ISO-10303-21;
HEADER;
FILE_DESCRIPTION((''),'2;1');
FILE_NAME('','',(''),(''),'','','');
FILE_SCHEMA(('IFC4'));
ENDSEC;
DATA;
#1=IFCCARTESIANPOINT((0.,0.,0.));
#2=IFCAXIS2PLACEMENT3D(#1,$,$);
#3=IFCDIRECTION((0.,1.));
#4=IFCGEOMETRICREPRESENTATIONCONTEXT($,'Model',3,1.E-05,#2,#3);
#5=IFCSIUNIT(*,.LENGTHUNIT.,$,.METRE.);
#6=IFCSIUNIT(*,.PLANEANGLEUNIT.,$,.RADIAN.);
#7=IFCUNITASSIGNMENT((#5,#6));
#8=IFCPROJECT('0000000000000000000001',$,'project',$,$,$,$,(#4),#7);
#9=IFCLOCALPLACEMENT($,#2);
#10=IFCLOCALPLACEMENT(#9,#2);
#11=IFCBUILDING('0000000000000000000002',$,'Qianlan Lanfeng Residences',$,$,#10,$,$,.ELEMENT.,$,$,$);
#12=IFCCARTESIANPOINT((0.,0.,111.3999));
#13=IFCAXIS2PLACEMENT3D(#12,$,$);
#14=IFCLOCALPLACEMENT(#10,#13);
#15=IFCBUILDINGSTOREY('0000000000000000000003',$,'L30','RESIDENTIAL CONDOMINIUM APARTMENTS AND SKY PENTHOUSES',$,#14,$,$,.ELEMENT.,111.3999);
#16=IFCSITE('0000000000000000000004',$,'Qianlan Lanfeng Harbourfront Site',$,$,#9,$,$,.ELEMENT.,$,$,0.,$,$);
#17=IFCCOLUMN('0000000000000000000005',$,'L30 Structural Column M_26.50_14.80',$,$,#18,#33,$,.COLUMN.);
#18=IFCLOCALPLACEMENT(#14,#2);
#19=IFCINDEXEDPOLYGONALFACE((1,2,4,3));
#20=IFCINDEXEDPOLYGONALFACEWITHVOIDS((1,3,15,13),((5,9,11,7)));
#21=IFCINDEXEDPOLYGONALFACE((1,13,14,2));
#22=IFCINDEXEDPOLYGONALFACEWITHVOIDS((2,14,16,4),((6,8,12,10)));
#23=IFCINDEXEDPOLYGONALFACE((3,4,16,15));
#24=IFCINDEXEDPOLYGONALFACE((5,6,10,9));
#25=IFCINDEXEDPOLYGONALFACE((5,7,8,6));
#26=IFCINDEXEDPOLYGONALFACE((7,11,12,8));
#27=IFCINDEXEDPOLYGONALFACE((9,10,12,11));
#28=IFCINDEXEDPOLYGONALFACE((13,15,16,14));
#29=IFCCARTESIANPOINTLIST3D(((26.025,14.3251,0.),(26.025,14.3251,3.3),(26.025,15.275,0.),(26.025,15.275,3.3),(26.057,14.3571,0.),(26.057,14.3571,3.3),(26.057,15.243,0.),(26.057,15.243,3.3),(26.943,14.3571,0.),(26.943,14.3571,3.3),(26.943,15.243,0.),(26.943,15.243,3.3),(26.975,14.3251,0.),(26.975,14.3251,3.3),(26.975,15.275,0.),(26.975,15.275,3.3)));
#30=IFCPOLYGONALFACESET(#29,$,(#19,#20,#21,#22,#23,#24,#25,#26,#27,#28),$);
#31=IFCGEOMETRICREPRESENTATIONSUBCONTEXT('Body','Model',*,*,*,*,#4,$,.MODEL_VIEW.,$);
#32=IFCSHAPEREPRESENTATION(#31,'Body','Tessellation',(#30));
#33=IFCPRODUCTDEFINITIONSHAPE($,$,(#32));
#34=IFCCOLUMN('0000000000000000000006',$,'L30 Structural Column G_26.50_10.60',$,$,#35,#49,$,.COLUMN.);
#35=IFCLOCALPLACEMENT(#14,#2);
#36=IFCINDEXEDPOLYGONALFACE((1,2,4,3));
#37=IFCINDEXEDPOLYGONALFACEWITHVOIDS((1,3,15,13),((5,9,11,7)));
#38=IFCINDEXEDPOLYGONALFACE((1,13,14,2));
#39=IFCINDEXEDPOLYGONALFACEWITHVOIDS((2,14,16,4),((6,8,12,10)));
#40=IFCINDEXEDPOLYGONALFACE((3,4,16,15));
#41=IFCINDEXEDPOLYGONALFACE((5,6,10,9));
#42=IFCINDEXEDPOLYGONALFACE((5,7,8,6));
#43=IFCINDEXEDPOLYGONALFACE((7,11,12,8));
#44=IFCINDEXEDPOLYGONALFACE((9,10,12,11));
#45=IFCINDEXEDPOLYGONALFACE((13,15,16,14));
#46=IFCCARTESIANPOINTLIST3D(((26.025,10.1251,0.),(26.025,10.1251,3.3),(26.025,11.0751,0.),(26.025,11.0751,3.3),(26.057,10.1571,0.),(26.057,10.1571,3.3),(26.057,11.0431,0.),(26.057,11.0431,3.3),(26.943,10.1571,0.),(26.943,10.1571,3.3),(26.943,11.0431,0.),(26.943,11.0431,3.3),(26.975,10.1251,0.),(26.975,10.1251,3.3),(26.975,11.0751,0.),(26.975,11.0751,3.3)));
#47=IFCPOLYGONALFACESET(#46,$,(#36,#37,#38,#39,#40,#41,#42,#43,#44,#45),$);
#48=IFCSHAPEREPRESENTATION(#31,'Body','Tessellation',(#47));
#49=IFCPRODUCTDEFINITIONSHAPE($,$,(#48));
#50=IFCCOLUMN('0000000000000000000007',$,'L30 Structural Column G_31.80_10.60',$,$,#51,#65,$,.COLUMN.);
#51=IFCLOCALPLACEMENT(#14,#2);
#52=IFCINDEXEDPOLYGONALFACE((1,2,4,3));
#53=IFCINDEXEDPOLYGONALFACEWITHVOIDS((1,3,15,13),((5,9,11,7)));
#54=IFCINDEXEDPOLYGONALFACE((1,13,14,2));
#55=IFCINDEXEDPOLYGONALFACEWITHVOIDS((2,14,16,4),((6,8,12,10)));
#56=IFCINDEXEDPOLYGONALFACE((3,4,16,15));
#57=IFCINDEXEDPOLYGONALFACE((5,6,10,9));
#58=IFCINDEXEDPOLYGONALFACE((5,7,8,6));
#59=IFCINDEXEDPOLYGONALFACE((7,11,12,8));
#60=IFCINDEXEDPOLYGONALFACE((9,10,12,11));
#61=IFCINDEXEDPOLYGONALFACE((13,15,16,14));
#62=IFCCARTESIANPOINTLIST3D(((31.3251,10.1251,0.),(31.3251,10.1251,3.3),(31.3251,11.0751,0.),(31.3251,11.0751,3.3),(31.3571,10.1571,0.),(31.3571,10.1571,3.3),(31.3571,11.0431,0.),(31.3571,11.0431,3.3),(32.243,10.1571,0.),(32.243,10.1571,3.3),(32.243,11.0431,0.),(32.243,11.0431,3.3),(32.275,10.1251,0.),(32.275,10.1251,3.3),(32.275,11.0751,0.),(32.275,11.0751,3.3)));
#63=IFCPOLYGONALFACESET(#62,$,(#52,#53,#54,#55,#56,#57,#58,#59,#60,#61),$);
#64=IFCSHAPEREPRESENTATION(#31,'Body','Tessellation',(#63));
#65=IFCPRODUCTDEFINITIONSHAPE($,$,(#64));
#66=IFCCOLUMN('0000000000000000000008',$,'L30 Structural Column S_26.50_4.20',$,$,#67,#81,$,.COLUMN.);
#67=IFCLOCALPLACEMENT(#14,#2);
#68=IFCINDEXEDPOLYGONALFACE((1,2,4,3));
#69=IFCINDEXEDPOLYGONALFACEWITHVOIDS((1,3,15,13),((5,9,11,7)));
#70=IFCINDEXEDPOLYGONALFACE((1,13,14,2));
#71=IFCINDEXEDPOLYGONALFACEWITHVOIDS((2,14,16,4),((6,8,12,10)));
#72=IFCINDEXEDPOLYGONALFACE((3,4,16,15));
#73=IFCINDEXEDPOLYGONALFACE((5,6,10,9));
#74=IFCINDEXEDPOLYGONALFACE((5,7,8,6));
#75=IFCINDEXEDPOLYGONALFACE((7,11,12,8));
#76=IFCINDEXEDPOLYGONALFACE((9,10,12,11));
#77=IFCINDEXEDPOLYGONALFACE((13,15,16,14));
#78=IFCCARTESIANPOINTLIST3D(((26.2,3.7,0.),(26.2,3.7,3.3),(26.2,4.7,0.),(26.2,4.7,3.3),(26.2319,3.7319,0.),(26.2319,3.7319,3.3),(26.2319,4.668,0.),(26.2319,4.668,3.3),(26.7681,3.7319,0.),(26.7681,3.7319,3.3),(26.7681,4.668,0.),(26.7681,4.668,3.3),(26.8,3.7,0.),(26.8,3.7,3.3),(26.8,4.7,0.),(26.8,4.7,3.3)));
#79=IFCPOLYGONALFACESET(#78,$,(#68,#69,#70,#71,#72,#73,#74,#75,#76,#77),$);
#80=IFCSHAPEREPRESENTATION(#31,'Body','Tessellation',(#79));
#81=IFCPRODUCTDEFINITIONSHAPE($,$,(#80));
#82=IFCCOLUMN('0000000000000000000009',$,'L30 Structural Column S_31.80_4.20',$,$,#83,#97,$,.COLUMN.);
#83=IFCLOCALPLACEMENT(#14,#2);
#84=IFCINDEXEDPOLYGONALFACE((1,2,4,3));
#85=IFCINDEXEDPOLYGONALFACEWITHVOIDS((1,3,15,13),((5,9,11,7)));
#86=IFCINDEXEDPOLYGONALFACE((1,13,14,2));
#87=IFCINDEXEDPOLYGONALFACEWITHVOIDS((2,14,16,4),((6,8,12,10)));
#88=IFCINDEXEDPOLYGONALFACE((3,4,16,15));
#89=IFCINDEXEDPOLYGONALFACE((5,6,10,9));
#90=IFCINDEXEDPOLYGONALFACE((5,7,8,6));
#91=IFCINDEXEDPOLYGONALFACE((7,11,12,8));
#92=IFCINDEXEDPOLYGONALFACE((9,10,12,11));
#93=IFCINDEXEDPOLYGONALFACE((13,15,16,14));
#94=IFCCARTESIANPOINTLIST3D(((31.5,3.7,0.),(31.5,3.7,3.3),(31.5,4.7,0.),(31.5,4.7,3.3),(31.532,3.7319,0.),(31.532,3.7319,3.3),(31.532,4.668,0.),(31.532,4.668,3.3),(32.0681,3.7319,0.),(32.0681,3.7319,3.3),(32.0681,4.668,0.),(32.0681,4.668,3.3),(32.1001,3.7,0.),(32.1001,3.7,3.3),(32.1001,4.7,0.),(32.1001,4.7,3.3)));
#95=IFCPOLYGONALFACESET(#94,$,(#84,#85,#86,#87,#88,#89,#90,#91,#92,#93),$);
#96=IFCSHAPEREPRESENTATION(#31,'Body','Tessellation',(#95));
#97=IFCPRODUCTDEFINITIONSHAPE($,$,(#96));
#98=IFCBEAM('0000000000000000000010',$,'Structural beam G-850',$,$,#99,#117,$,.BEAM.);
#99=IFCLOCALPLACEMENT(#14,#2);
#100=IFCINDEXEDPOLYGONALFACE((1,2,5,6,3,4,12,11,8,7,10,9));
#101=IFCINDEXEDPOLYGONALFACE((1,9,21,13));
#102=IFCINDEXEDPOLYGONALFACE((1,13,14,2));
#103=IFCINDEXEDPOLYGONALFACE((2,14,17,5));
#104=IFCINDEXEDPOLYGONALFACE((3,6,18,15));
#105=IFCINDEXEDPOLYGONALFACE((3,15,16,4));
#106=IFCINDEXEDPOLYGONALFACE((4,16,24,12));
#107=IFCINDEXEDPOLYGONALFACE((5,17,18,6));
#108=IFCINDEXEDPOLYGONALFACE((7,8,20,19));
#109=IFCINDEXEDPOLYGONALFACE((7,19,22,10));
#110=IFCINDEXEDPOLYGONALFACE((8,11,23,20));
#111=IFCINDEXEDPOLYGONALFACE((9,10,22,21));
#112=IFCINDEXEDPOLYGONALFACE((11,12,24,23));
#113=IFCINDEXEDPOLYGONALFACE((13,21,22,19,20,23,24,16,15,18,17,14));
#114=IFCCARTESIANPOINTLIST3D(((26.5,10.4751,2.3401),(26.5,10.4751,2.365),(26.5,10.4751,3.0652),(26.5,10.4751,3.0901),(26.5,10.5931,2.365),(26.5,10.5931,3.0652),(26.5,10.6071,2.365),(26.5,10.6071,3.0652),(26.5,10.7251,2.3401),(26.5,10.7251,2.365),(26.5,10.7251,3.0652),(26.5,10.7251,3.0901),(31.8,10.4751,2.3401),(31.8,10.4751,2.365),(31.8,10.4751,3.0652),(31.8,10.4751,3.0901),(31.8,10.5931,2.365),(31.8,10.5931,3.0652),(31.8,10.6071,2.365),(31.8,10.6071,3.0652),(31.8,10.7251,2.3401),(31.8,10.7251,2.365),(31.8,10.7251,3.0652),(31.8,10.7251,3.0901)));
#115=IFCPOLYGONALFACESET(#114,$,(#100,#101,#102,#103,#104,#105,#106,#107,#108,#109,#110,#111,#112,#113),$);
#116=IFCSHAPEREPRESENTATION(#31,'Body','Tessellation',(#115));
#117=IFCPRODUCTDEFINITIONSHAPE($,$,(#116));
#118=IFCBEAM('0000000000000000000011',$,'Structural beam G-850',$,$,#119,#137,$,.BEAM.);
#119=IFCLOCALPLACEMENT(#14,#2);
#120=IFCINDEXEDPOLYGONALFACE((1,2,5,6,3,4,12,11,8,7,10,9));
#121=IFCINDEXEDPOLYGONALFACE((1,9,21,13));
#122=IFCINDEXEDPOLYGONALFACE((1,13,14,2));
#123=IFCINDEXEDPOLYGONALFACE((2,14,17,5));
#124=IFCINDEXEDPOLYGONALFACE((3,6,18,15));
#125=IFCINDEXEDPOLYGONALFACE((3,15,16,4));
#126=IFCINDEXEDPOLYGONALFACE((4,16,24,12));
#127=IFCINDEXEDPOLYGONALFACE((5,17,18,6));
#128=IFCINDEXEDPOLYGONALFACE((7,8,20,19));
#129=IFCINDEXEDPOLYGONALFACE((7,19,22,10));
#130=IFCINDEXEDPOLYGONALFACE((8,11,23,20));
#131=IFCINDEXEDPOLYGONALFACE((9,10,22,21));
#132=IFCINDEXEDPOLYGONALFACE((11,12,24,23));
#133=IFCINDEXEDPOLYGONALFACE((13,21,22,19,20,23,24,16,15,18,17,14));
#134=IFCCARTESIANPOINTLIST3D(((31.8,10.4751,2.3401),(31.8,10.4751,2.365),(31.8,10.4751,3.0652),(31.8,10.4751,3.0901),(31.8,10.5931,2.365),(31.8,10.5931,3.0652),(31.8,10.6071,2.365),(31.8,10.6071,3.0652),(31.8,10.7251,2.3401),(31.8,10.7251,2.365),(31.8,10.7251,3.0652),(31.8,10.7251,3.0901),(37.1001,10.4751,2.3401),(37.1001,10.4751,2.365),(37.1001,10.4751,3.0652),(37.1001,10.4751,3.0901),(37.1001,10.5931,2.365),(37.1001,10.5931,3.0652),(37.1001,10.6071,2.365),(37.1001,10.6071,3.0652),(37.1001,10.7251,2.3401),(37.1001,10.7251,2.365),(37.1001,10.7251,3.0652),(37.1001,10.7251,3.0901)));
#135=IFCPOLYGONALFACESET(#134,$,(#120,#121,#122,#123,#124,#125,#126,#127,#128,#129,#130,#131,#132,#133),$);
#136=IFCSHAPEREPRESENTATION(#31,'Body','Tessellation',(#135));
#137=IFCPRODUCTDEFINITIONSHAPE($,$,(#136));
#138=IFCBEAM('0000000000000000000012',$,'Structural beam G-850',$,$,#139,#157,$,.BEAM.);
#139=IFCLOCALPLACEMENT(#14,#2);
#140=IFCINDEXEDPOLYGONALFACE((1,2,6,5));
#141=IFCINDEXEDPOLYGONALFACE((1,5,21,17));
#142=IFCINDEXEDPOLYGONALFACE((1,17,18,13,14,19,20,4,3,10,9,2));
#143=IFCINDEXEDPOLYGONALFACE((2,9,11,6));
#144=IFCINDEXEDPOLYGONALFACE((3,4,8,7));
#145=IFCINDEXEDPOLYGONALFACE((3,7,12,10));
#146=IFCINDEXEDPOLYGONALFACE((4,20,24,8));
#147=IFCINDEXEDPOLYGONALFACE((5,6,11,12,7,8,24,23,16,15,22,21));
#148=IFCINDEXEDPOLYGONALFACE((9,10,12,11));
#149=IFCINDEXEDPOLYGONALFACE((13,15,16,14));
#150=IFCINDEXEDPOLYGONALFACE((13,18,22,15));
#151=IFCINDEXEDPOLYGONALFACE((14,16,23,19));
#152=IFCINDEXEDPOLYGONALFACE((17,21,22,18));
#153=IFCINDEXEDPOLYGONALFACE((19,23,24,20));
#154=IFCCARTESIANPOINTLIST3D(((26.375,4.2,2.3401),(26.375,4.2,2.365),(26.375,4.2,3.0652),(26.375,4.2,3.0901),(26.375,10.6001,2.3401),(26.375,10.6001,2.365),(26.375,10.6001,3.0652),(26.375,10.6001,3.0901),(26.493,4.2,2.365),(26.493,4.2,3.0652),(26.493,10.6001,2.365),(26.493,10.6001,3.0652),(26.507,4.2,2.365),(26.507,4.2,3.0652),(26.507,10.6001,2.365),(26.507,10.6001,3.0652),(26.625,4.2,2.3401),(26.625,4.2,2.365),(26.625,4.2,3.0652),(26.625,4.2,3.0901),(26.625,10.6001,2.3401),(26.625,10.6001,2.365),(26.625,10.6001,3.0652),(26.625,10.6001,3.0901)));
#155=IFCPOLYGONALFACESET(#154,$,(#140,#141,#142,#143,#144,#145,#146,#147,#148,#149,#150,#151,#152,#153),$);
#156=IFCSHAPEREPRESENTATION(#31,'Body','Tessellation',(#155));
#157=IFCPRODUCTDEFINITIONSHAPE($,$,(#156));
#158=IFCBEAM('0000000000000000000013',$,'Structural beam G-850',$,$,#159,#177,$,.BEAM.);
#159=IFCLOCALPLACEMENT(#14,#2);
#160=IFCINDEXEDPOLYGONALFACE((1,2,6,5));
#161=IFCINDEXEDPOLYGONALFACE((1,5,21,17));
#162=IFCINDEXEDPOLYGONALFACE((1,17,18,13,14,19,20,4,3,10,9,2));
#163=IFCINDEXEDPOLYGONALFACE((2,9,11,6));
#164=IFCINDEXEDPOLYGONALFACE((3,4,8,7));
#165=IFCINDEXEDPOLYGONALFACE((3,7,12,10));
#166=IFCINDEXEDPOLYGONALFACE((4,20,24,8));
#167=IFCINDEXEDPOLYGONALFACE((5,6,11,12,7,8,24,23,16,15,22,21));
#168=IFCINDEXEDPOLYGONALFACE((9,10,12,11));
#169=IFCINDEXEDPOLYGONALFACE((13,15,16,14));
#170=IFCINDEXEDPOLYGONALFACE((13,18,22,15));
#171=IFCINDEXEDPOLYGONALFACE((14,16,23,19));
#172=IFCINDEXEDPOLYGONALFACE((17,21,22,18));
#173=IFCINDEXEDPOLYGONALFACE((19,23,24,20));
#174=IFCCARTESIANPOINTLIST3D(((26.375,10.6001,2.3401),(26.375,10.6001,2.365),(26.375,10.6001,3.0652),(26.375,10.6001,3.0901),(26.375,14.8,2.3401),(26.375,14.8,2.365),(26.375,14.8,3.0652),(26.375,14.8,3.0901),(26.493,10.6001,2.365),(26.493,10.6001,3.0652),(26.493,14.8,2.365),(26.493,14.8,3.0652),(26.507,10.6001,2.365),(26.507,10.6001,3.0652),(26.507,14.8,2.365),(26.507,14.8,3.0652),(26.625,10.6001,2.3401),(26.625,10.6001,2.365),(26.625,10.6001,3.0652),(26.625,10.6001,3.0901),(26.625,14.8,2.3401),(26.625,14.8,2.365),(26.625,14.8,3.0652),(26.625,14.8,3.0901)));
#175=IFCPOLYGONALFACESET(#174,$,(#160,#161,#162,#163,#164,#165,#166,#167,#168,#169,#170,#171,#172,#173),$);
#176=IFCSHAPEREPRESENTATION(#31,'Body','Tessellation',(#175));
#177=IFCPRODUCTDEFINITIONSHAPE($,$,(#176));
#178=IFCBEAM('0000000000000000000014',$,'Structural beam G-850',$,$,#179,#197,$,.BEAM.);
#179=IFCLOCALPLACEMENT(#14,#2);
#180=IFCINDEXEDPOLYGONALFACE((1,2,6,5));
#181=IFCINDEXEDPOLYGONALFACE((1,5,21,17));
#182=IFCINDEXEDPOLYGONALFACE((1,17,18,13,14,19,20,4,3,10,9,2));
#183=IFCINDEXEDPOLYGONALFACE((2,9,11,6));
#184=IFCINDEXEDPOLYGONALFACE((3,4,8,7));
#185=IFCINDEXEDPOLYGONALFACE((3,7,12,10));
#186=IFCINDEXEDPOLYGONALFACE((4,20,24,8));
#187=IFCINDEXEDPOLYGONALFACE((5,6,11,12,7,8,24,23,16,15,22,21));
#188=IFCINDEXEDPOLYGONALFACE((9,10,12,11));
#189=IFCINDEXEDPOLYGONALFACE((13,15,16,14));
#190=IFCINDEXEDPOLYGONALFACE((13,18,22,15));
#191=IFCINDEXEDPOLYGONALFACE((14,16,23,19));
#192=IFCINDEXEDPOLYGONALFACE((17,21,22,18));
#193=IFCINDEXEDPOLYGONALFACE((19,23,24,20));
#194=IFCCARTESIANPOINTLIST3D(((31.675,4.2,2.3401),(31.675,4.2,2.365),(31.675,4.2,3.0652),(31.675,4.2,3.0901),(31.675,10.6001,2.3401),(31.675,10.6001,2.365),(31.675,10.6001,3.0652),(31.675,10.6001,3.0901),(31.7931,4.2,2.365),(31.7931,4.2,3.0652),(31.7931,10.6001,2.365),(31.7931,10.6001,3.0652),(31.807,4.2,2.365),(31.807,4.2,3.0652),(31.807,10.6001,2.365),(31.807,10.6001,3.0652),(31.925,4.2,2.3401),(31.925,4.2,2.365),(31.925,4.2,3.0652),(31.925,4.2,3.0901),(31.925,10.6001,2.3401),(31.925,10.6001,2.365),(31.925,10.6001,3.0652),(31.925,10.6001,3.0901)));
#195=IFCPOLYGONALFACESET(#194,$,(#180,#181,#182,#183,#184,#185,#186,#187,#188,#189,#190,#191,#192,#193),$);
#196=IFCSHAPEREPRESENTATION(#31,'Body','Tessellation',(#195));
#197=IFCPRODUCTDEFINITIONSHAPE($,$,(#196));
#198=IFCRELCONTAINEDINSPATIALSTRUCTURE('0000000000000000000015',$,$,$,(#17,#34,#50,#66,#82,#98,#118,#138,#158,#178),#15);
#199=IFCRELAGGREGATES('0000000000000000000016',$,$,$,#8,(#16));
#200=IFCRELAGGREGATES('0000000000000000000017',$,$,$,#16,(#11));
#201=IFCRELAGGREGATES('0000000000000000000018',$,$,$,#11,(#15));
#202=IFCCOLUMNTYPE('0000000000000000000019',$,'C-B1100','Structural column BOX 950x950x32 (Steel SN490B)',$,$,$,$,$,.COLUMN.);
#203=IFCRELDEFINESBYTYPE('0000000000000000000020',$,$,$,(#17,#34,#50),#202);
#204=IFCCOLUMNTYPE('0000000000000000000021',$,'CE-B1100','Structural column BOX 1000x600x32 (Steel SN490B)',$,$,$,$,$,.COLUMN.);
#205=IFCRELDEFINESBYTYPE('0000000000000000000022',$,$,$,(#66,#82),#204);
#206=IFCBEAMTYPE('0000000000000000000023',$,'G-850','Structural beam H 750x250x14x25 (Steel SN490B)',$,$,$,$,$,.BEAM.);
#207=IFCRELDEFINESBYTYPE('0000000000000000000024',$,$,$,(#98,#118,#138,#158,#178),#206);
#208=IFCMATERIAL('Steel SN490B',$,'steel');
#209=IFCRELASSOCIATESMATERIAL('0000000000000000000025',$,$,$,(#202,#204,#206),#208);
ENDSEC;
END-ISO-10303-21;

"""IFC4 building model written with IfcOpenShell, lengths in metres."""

from ifc_helpers import new_model, si_unit, direction, frame, origin, origin_2d, place, context, subcontext, project, spatial, hollow_rectangle, i_section, extrude, material, material_profile, profile_set, type_object, element, save


model = new_model("IFC4")

# Units and contexts
model_context = context("Model", 3, precision=1e-05, world=origin(), true_north=direction((0.0, 1.0)))
body_context = subcontext(model_context, "Body", "Model", "MODEL_VIEW")
ifc_project = project(units=[si_unit("LENGTHUNIT", "METRE"), si_unit("PLANEANGLEUNIT", "RADIAN")], contexts=[model_context])

# Site, building, storey
site_placement = place(None, origin())
site = spatial("IfcSite", under=ifc_project, at=site_placement, Name="Qianlan Lanfeng Harbourfront Site", CompositionType="ELEMENT", RefElevation=0.0)
building_placement = place(site_placement, origin())
building = spatial("IfcBuilding", under=site, at=building_placement, Name="Qianlan Lanfeng Residences", CompositionType="ELEMENT")
storey_placement = place(building_placement, frame((0.0, 0.0, 111.3999)))
storey = spatial("IfcBuildingStorey", under=building, at=storey_placement, Name="L30", Description="RESIDENTIAL CONDOMINIUM APARTMENTS AND SKY PENTHOUSES", CompositionType="ELEMENT", Elevation=111.3999)

# Columns
ifc_material_1 = material(Name="Steel SN490B", Category="steel")
ifc_material_profile_1 = material_profile(ifc_material_1, hollow_rectangle(XDim=0.95, YDim=0.95, WallThickness=0.032, at=origin_2d()), Name="BOX 950x950x32")
ifc_profile_set_1 = profile_set([ifc_material_profile_1], Name="Steel SN490B")
column_type_1 = type_object("IfcColumnType", Name="C-B1100", Description="Structural column BOX 950x950x32 (Steel SN490B)", PredefinedType="COLUMN", material=ifc_profile_set_1)
for number, where, z_axis, x_axis, name in (
    (1, (26.5, 14.8, 0.0), (0.0, 0.0, 1.0), (1.0, 0.0, 0.0), "L30 Structural Column M_26.50_14.80"),
    (2, (26.5, 10.6001, 0.0), (0.0, 0.0, 1.0), (1.0, 0.0, 0.0), "L30 Structural Column G_26.50_10.60"),
    (3, (31.8, 10.6001, 0.0), (0.0, 0.0, 1.0), (1.0, 0.0, 0.0), "L30 Structural Column G_31.80_10.60"),
):
    element("IfcColumn", number, at=place(storey_placement, frame(where, z_axis=z_axis, x_axis=x_axis)), inside=storey, type_object=column_type_1, Name=name, PredefinedType="COLUMN", context=body_context, shape_type="SweptSolid", body=[
        extrude(hollow_rectangle(XDim=0.95, YDim=0.95, WallThickness=0.032, at=origin_2d()), origin(), (0.0, 0.0, 1.0), 3.3),
    ])
ifc_material_profile_2 = material_profile(ifc_material_1, hollow_rectangle(XDim=0.6001, YDim=1.0, WallThickness=0.032, at=origin_2d()), Name="BOX 1000x600x32")
ifc_profile_set_2 = profile_set([ifc_material_profile_2], Name="Steel SN490B")
column_type_2 = type_object("IfcColumnType", Name="CE-B1100", Description="Structural column BOX 1000x600x32 (Steel SN490B)", PredefinedType="COLUMN", material=ifc_profile_set_2)
for number, where, z_axis, x_axis, name in (
    (4, (26.5, 4.2, 0.0), (0.0, 0.0, 1.0), (1.0, 0.0, 0.0), "L30 Structural Column S_26.50_4.20"),
    (5, (31.8, 4.2, 0.0), (0.0, 0.0, 1.0), (1.0, 0.0, 0.0), "L30 Structural Column S_31.80_4.20"),
):
    element("IfcColumn", number, at=place(storey_placement, frame(where, z_axis=z_axis, x_axis=x_axis)), inside=storey, type_object=column_type_2, Name=name, PredefinedType="COLUMN", context=body_context, shape_type="SweptSolid", body=[
        extrude(hollow_rectangle(XDim=0.6001, YDim=1.0, WallThickness=0.032, at=origin_2d()), origin(), (0.0, 0.0, 1.0), 3.3),
    ])

# Beams
ifc_material_profile_3 = material_profile(ifc_material_1, i_section(OverallWidth=0.25, OverallDepth=0.75, WebThickness=0.0139, FlangeThickness=0.0249, at=origin_2d()), Name="H 750x250x14x25")
ifc_profile_set_3 = profile_set([ifc_material_profile_3], Name="Steel SN490B")
beam_type_1 = type_object("IfcBeamType", Name="G-850", Description="Structural beam H 750x250x14x25 (Steel SN490B)", PredefinedType="BEAM", material=ifc_profile_set_3)
for number, where, z_axis, x_axis, name in (
    (6, (26.5, 10.6001, 2.7151), (1.0, 0.0, 0.0), (0.0, 1.0, 0.0), "Structural beam G-850"),
    (7, (31.8, 10.6001, 2.7151), (1.0, 0.0, 0.0), (0.0, 1.0, 0.0), "Structural beam G-850"),
):
    element("IfcBeam", number, at=place(storey_placement, frame(where, z_axis=z_axis, x_axis=x_axis)), inside=storey, type_object=beam_type_1, Name=name, PredefinedType="BEAM", context=body_context, shape_type="SweptSolid", body=[
        extrude(i_section(OverallWidth=0.25, OverallDepth=0.75, WebThickness=0.0139, FlangeThickness=0.0249, at=origin_2d()), origin(), (0.0, 0.0, 1.0), 5.3),
    ])
beam_1_placement = place(storey_placement, frame((26.5, 4.2, 2.7151), z_axis=(0.0, 1.0, 0.0), x_axis=(-1.0, 0.0, 0.0)))
element("IfcBeam", 8, at=beam_1_placement, inside=storey, type_object=beam_type_1, Name="Structural beam G-850", PredefinedType="BEAM", context=body_context, shape_type="SweptSolid", body=[
    extrude(i_section(OverallWidth=0.25, OverallDepth=0.75, WebThickness=0.0139, FlangeThickness=0.0249, at=origin_2d()), origin(), (0.0, 0.0, 1.0), 6.4001),
])
beam_2_placement = place(storey_placement, frame((26.5, 10.6001, 2.7151), z_axis=(0.0, 1.0, 0.0), x_axis=(-1.0, 0.0, 0.0)))
element("IfcBeam", 9, at=beam_2_placement, inside=storey, type_object=beam_type_1, Name="Structural beam G-850", PredefinedType="BEAM", context=body_context, shape_type="SweptSolid", body=[
    extrude(i_section(OverallWidth=0.25, OverallDepth=0.75, WebThickness=0.0139, FlangeThickness=0.0249, at=origin_2d()), origin(), (0.0, 0.0, 1.0), 4.2),
])
beam_3_placement = place(storey_placement, frame((31.8, 4.2, 2.7151), z_axis=(0.0, 1.0, 0.0), x_axis=(-1.0, 0.0, 0.0)))
element("IfcBeam", 10, at=beam_3_placement, inside=storey, type_object=beam_type_1, Name="Structural beam G-850", PredefinedType="BEAM", context=body_context, shape_type="SweptSolid", body=[
    extrude(i_section(OverallWidth=0.25, OverallDepth=0.75, WebThickness=0.0139, FlangeThickness=0.0249, at=origin_2d()), origin(), (0.0, 0.0, 1.0), 6.4001),
])

save(model, "model.ifc")
